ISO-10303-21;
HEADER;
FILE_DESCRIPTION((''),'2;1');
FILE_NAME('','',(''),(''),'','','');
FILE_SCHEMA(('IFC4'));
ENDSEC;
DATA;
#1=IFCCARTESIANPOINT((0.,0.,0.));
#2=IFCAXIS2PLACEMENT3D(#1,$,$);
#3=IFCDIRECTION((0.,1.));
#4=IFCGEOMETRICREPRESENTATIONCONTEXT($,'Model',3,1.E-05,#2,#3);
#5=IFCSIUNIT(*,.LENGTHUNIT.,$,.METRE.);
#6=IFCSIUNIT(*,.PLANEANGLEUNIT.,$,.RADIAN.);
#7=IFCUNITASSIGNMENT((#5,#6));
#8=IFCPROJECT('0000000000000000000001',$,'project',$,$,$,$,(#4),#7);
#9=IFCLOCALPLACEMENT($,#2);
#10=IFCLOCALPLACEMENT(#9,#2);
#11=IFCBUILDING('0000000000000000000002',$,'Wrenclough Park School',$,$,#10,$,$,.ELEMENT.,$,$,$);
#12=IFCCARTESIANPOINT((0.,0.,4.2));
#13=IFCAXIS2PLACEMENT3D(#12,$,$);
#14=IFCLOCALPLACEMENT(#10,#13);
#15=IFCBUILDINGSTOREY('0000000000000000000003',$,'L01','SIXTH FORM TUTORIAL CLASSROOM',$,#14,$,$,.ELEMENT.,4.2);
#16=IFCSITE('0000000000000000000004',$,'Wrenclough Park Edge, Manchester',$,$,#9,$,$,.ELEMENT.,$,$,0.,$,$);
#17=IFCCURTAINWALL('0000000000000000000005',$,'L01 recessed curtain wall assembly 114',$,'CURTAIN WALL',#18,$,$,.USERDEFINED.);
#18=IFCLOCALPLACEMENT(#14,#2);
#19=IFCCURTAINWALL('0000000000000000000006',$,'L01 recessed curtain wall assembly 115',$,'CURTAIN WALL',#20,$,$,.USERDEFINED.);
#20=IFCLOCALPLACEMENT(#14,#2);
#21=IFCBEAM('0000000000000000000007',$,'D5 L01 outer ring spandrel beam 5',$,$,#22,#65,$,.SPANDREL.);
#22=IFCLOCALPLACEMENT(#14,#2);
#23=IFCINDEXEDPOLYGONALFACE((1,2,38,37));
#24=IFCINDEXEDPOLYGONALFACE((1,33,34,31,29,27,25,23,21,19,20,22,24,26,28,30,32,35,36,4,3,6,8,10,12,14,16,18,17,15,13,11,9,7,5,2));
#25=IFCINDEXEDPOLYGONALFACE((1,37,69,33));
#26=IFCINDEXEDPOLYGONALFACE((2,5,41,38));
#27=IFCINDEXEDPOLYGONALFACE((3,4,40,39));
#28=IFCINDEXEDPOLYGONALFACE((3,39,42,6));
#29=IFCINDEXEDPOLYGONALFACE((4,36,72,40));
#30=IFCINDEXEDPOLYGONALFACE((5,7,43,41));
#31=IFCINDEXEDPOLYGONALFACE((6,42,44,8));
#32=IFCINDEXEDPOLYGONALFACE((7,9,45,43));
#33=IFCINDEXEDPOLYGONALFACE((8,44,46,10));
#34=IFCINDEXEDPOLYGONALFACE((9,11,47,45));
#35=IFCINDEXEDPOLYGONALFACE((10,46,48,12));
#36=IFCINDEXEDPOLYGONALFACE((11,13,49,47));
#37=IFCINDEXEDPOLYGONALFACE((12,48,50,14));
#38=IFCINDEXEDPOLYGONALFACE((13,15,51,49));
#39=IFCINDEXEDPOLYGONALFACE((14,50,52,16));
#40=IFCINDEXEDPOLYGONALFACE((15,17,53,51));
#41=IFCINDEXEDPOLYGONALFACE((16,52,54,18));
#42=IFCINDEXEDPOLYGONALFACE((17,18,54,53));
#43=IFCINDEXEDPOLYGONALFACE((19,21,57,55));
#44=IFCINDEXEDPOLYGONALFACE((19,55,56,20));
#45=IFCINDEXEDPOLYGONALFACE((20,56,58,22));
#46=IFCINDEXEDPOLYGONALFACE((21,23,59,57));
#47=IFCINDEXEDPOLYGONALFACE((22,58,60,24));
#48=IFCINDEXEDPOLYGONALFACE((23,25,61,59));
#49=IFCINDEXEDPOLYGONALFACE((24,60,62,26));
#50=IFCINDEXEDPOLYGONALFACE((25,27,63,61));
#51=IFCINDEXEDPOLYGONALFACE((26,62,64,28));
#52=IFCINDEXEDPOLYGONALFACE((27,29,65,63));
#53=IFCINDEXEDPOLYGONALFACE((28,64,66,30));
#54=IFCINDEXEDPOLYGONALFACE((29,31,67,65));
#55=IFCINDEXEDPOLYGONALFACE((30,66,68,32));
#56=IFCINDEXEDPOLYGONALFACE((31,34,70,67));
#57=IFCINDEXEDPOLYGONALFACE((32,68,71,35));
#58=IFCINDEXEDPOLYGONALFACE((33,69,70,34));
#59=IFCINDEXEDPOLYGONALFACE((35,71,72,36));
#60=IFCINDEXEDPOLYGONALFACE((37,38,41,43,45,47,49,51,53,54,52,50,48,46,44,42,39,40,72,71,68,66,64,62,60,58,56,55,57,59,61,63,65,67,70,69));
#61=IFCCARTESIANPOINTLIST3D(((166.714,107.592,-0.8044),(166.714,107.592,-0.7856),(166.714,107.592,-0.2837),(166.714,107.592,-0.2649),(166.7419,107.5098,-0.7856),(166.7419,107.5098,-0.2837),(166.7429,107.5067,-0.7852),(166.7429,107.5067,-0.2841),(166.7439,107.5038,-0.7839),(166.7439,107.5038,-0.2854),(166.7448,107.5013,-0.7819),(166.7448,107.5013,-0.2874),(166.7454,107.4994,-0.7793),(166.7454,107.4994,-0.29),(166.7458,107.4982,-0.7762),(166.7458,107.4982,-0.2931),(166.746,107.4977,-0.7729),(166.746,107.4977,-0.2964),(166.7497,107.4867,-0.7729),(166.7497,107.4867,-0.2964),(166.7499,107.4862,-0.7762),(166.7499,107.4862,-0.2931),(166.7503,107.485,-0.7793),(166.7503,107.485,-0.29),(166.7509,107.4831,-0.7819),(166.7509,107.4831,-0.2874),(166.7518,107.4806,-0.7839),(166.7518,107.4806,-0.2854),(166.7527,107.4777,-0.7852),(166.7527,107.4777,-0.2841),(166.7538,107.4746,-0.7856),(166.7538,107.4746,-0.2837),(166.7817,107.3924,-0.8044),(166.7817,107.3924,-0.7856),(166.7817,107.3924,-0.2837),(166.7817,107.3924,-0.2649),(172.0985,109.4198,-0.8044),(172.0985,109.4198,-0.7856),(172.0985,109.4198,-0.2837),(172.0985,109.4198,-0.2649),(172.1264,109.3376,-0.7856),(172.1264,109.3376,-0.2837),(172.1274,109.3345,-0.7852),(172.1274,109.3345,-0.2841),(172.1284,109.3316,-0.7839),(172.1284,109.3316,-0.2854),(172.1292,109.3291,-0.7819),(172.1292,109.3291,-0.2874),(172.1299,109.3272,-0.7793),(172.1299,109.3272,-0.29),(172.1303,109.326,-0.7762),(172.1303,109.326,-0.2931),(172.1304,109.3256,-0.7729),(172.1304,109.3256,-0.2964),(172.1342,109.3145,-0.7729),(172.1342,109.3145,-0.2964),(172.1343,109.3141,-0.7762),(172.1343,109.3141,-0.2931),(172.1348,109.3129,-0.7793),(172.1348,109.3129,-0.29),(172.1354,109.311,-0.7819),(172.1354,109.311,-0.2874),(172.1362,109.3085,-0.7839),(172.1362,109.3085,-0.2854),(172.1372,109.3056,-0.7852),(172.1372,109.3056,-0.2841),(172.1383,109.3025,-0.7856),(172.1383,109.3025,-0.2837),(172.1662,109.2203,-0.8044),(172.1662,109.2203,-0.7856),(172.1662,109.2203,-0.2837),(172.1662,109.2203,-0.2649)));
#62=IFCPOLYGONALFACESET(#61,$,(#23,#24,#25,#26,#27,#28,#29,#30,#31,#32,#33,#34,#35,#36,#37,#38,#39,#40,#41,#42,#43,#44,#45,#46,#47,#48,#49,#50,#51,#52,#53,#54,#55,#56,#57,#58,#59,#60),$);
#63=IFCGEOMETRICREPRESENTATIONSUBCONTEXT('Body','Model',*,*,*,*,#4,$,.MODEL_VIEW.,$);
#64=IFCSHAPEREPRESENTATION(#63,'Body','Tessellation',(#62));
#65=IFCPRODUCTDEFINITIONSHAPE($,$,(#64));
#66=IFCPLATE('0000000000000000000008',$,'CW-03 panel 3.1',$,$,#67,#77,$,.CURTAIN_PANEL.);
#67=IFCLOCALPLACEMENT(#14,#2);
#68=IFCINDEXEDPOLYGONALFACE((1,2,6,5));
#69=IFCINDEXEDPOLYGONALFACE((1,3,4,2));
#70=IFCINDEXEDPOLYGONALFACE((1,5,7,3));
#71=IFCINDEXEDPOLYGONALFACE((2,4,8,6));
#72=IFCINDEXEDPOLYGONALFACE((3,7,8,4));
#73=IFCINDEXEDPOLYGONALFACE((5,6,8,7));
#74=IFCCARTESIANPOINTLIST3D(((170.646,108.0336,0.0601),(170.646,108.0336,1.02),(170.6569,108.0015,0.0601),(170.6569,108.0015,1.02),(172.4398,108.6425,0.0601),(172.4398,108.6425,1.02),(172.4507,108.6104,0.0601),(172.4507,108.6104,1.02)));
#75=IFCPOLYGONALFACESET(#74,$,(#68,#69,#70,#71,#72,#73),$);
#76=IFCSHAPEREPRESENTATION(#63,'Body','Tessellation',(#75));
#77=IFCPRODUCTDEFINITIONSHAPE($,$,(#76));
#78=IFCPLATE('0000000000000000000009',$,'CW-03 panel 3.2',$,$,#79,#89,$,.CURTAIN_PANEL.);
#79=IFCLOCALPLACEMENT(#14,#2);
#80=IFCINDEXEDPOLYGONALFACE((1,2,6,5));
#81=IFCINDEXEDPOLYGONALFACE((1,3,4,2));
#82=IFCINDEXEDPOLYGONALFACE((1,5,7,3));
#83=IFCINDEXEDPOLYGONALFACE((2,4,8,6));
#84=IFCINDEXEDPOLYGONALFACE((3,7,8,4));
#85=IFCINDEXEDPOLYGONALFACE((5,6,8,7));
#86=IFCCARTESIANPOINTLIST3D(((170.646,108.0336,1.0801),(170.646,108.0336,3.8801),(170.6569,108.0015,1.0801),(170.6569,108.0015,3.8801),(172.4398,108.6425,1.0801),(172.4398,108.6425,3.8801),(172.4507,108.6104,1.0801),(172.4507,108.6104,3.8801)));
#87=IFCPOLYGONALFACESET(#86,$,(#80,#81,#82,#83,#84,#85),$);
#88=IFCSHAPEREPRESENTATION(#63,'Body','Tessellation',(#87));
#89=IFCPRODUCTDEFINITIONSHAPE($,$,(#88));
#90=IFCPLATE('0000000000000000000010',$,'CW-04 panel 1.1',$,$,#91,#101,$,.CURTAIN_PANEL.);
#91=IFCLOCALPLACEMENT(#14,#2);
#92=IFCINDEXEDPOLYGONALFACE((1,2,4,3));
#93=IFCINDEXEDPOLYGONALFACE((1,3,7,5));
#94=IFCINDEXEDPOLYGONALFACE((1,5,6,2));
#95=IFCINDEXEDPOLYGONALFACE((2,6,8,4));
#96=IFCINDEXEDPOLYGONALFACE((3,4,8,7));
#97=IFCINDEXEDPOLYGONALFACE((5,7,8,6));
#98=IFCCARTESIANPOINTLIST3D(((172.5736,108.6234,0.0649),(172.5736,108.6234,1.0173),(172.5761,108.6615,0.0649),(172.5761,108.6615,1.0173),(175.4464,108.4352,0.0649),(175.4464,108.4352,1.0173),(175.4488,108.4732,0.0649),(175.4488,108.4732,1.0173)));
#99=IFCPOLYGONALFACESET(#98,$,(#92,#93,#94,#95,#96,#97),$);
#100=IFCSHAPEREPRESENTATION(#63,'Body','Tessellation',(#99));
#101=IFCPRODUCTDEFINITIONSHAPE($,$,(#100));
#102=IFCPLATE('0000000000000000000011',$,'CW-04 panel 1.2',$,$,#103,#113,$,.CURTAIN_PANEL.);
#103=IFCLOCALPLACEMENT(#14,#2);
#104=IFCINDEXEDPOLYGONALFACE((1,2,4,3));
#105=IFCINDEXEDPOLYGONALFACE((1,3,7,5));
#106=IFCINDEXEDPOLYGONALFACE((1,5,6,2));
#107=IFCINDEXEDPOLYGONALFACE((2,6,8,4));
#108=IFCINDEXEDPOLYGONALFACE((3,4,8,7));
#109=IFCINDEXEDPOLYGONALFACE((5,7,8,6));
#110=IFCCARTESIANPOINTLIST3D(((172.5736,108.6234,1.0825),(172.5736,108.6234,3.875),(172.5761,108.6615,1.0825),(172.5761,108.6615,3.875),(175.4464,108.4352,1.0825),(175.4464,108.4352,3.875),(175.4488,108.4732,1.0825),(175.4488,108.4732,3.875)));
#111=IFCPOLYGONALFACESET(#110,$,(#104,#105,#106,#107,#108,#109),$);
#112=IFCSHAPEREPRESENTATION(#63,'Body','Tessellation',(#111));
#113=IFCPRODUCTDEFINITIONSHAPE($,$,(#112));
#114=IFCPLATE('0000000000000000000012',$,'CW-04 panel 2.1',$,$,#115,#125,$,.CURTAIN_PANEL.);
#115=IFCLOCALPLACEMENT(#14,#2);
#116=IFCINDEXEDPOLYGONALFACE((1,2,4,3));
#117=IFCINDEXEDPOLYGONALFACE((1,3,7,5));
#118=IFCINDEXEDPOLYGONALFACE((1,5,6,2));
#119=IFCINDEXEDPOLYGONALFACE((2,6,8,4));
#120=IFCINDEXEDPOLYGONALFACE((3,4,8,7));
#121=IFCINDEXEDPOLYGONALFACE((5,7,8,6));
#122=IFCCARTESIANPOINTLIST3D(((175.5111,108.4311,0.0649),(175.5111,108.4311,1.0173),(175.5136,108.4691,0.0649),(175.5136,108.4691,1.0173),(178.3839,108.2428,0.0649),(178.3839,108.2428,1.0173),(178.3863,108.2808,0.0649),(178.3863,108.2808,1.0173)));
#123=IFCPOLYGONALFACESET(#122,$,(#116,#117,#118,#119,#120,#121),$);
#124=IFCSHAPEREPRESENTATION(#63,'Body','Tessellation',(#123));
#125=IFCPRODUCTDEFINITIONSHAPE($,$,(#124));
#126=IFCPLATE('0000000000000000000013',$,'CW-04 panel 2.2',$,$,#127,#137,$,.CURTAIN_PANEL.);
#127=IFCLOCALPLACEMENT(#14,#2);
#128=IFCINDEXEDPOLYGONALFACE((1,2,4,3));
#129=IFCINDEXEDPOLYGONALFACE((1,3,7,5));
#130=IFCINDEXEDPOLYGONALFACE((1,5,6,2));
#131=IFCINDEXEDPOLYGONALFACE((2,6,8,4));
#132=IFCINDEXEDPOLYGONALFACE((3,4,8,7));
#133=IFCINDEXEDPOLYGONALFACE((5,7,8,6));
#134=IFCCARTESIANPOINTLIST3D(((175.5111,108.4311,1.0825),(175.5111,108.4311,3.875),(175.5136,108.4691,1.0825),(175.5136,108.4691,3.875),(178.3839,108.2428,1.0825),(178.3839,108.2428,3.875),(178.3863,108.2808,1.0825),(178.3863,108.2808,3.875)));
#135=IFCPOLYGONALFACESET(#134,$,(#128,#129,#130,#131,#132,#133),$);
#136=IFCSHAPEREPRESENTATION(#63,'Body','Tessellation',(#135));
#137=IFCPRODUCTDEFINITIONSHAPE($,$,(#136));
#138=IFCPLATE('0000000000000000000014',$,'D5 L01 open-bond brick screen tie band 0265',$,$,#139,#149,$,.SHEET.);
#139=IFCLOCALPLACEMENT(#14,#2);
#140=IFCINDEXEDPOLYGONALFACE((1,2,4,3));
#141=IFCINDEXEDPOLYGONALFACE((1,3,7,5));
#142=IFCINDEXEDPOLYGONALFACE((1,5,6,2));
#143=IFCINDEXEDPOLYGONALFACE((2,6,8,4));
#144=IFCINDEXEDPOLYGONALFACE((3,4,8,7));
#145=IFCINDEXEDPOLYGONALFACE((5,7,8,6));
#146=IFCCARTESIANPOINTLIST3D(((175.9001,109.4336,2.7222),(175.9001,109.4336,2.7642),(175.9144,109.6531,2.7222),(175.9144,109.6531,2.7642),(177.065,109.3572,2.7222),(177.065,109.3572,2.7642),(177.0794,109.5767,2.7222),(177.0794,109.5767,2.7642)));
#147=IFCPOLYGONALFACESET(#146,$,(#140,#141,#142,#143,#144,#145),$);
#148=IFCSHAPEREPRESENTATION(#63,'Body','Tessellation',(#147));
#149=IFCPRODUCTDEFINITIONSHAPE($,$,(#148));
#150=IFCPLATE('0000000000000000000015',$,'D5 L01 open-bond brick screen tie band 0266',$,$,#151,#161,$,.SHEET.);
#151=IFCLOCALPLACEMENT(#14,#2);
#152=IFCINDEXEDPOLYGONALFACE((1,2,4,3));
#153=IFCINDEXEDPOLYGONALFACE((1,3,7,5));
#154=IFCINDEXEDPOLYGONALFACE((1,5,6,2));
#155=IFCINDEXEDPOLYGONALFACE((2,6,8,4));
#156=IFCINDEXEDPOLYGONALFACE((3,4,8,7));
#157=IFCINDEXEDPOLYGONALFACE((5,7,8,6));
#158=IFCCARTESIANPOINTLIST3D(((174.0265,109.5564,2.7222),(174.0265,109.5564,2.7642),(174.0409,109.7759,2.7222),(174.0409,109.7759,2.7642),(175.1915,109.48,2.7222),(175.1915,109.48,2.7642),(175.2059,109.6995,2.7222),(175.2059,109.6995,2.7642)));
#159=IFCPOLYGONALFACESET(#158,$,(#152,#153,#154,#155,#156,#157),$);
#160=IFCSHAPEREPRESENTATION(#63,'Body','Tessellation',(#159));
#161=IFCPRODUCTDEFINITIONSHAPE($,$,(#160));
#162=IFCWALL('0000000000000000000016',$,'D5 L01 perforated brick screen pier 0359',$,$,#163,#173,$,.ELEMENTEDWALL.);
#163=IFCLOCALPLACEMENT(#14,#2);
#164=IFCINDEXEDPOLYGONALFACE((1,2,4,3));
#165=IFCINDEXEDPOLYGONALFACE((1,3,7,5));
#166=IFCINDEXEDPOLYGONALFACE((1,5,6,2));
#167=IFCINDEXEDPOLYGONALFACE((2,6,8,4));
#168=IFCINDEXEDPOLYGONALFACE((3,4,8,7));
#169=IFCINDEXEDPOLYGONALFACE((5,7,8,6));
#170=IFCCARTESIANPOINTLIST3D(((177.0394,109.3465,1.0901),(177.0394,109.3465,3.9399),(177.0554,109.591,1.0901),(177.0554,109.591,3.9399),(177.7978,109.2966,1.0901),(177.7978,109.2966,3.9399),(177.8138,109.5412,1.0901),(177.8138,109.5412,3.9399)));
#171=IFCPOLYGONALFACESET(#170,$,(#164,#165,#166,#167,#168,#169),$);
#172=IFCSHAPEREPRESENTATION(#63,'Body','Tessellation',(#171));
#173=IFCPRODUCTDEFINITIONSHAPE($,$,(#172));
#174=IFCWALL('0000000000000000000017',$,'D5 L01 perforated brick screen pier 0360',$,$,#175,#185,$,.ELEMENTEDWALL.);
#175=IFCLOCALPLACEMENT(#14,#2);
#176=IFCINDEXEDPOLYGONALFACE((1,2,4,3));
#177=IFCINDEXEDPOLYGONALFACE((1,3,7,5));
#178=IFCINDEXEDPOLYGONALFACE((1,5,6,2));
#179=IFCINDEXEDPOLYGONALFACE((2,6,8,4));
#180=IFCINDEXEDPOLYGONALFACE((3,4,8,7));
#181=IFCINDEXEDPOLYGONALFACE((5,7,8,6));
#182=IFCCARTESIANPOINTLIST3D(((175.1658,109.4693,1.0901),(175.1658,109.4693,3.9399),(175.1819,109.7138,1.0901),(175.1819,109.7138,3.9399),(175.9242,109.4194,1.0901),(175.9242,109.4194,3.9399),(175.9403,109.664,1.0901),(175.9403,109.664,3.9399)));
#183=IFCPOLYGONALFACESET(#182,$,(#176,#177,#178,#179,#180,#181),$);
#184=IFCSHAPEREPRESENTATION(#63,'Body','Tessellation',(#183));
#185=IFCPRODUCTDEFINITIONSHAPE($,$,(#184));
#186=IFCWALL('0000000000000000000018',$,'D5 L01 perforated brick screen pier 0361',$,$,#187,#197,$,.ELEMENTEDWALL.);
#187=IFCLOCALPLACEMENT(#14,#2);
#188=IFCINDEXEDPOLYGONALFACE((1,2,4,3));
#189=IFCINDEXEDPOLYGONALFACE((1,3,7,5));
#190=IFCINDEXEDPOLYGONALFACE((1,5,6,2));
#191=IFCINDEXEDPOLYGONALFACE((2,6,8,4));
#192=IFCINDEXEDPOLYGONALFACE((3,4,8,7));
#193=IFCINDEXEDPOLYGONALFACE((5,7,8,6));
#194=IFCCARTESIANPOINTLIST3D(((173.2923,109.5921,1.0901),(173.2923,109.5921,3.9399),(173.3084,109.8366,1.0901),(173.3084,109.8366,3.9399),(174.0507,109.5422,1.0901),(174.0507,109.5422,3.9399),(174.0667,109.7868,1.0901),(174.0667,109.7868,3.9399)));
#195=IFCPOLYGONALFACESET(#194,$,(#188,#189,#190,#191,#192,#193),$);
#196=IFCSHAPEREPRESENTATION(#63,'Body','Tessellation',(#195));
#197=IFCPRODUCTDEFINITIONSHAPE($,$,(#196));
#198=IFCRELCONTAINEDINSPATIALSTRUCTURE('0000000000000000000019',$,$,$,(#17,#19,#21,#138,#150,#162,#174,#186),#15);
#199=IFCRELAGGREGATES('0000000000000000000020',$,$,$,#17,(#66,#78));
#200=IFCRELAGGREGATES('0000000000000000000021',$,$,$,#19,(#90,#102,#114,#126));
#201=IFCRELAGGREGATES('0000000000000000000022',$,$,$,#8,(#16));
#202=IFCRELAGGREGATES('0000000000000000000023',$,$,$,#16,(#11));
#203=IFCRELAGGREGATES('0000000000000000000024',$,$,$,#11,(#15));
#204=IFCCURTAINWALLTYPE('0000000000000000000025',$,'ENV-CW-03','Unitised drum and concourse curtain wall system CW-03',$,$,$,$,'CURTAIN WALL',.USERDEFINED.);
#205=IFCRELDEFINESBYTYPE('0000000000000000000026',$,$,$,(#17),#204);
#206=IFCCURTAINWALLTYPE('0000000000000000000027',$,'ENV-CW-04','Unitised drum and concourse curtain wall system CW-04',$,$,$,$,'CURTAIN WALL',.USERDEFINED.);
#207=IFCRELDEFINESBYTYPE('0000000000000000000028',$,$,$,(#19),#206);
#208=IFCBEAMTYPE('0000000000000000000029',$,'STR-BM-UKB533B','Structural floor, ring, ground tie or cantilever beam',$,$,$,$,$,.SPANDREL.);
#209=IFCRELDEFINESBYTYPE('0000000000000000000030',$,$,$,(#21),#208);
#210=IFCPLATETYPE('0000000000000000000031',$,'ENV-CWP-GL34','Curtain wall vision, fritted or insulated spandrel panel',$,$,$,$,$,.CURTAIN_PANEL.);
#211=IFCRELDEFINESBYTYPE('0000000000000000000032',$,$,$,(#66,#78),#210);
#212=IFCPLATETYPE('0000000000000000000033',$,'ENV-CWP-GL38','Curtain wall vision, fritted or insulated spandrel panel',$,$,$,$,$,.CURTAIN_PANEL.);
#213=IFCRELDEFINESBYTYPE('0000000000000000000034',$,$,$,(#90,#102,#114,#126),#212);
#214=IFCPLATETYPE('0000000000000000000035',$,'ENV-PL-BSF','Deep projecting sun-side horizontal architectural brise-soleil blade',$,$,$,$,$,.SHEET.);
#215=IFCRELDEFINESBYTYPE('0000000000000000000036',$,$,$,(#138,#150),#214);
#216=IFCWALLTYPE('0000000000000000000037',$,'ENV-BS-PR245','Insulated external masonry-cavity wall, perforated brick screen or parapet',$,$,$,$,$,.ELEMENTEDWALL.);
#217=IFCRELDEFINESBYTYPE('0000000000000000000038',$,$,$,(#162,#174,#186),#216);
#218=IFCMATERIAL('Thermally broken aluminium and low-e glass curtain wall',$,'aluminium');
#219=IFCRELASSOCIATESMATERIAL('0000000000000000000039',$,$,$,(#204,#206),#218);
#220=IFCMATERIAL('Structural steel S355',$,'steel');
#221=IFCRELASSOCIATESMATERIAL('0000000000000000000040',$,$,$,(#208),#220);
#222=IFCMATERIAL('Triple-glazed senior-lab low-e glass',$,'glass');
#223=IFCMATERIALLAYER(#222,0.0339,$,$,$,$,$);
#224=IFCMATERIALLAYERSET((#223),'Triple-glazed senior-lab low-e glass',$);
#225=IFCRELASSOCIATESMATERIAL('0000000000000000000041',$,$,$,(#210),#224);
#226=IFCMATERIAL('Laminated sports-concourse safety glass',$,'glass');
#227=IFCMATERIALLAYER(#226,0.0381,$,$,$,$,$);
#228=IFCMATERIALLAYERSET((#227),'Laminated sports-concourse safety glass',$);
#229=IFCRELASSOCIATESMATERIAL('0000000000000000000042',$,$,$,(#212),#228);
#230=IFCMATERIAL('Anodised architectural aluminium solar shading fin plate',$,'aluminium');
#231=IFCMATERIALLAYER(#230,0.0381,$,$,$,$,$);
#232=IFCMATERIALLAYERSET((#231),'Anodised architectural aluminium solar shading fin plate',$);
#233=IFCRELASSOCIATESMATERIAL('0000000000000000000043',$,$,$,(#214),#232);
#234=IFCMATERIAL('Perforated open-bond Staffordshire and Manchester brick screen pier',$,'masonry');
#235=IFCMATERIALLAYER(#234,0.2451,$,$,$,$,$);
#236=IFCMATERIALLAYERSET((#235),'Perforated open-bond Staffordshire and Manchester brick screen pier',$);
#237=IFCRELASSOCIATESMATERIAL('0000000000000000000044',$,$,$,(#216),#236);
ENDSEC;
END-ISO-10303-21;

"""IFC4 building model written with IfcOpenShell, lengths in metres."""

from ifc_helpers import new_model, si_unit, direction, frame, frame_2d, origin, origin_2d, place, context, subcontext, project, spatial, rectangle, i_section, extrude, material, layer, layer_set, material_profile, profile_set, type_object, element, aggregate, save


model = new_model("IFC4")

# Units and contexts
model_context = context("Model", 3, precision=1e-05, world=origin(), true_north=direction((0.0, 1.0)))
body_context = subcontext(model_context, "Body", "Model", "MODEL_VIEW")
ifc_project = project(units=[si_unit("LENGTHUNIT", "METRE"), si_unit("PLANEANGLEUNIT", "RADIAN")], contexts=[model_context])

# Site, building, storey
site_placement = place(None, origin())
site = spatial("IfcSite", under=ifc_project, at=site_placement, Name="Wrenclough Park Edge, Manchester", CompositionType="ELEMENT", RefElevation=0.0)
building_placement = place(site_placement, origin())
building = spatial("IfcBuilding", under=site, at=building_placement, Name="Wrenclough Park School", CompositionType="ELEMENT")
storey_placement = place(building_placement, frame((0.0, 0.0, 4.2)))
storey = spatial("IfcBuildingStorey", under=building, at=storey_placement, Name="L01", Description="SIXTH FORM TUTORIAL CLASSROOM", CompositionType="ELEMENT", Elevation=4.2)

# Curtain wall
ifc_material_1 = material(Name="Thermally broken aluminium and low-e glass curtain wall", Category="aluminium")
curtain_wall_type_1 = type_object("IfcCurtainWallType", Name="ENV-CW-03", Description="Unitised drum and concourse curtain wall system CW-03", ElementType="CURTAIN WALL", PredefinedType="USERDEFINED", material=ifc_material_1)
curtain_wall_1_placement = place(storey_placement, origin())
curtain_wall_1 = element("IfcCurtainWall", 1, at=curtain_wall_1_placement, inside=storey, type_object=curtain_wall_type_1, Name="L01 recessed curtain wall assembly 114", ObjectType="CURTAIN WALL", PredefinedType="USERDEFINED")

# Curtain wall
curtain_wall_type_2 = type_object("IfcCurtainWallType", Name="ENV-CW-04", Description="Unitised drum and concourse curtain wall system CW-04", ElementType="CURTAIN WALL", PredefinedType="USERDEFINED", material=ifc_material_1)
curtain_wall_2_placement = place(storey_placement, origin())
curtain_wall_2 = element("IfcCurtainWall", 2, at=curtain_wall_2_placement, inside=storey, type_object=curtain_wall_type_2, Name="L01 recessed curtain wall assembly 115", ObjectType="CURTAIN WALL", PredefinedType="USERDEFINED")

# Beam
ifc_material_2 = material(Name="Structural steel S355", Category="steel")
ifc_material_profile_1 = material_profile(ifc_material_2, i_section(OverallWidth=0.2107, OverallDepth=0.5396, WebThickness=0.0117, FlangeThickness=0.0188, FilletRadius=0.0127, at=origin_2d()), Name="UKB 533x210x109")
ifc_profile_set_1 = profile_set([ifc_material_profile_1], Name="Structural steel S355")
beam_type_1 = type_object("IfcBeamType", Name="STR-BM-UKB533B", Description="Structural floor, ring, ground tie or cantilever beam", PredefinedType="SPANDREL", material=ifc_profile_set_1)
beam_1_placement = place(storey_placement, frame((172.1323, 109.3201, -0.5347), z_axis=(-0.946926, -0.321452, 0.0), x_axis=(0.321452, -0.946926, 0.0)))
element("IfcBeam", 3, at=beam_1_placement, inside=storey, type_object=beam_type_1, Name="D5 L01 outer ring spandrel beam 5", PredefinedType="SPANDREL", context=body_context, shape_type="SweptSolid", body=[
    extrude(i_section(OverallWidth=0.2107, OverallDepth=0.5396, WebThickness=0.0117, FlangeThickness=0.0188, FilletRadius=0.0127, at=origin_2d()), origin(), (0.0, 0.0, 1.0), 5.6863),
])

# Plates
ifc_material_3 = material(Name="Triple-glazed senior-lab low-e glass", Category="glass")
ifc_layer_1 = layer(ifc_material_3, 0.0339)
ifc_layer_set_1 = layer_set([ifc_layer_1], Name="Triple-glazed senior-lab low-e glass")
plate_type_1 = type_object("IfcPlateType", Name="ENV-CWP-GL34", Description="Curtain wall vision, fritted or insulated spandrel panel", PredefinedType="CURTAIN_PANEL", material=ifc_layer_set_1)
plate_1_placement = place(storey_placement, frame((171.5483, 108.322, 0.0601), z_axis=(0.0, 0.0, 1.0), x_axis=(0.946934, 0.321429, 0.0)))
plate_1 = element("IfcPlate", 4, at=plate_1_placement, type_object=plate_type_1, Name="CW-03 panel 3.1", PredefinedType="CURTAIN_PANEL", context=body_context, shape_type="SweptSolid", body=[
    extrude(rectangle(XDim=1.8943, YDim=0.0339, at=origin_2d()), origin(), (0.0, 0.0, 1.0), 0.96),
])
plate_2_placement = place(storey_placement, frame((171.5483, 108.322, 1.0801), z_axis=(0.0, 0.0, 1.0), x_axis=(0.946934, 0.321429, 0.0)))
plate_2 = element("IfcPlate", 5, at=plate_2_placement, type_object=plate_type_1, Name="CW-03 panel 3.2", PredefinedType="CURTAIN_PANEL", context=body_context, shape_type="SweptSolid", body=[
    extrude(rectangle(XDim=1.8943, YDim=0.0339, at=origin_2d()), origin(), (0.0, 0.0, 1.0), 2.8),
])
aggregate(curtain_wall_1, [plate_1, plate_2])
ifc_material_4 = material(Name="Laminated sports-concourse safety glass", Category="glass")
ifc_layer_2 = layer(ifc_material_4, 0.0381)
ifc_layer_set_2 = layer_set([ifc_layer_2], Name="Laminated sports-concourse safety glass")
plate_type_2 = type_object("IfcPlateType", Name="ENV-CWP-GL38", Description="Curtain wall vision, fritted or insulated spandrel panel", PredefinedType="CURTAIN_PANEL", material=ifc_layer_set_2)
plate_3_placement = place(storey_placement, frame((174.0112, 108.5483, 0.0649), z_axis=(0.0, 0.0, 1.0), x_axis=(0.99786, -0.065379, 0.0)))
plate_3 = element("IfcPlate", 6, at=plate_3_placement, type_object=plate_type_2, Name="CW-04 panel 1.1", PredefinedType="CURTAIN_PANEL", context=body_context, shape_type="SweptSolid", body=[
    extrude(rectangle(XDim=2.8789, YDim=0.0381, at=origin_2d()), origin(), (0.0, 0.0, 1.0), 0.9524),
])
plate_4_placement = place(storey_placement, frame((174.0112, 108.5483, 1.0825), z_axis=(0.0, 0.0, 1.0), x_axis=(0.99786, -0.065379, 0.0)))
plate_4 = element("IfcPlate", 7, at=plate_4_placement, type_object=plate_type_2, Name="CW-04 panel 1.2", PredefinedType="CURTAIN_PANEL", context=body_context, shape_type="SweptSolid", body=[
    extrude(rectangle(XDim=2.8789, YDim=0.0381, at=origin_2d()), origin(), (0.0, 0.0, 1.0), 2.7925),
])
plate_5_placement = place(storey_placement, frame((176.9487, 108.356, 0.0649), z_axis=(0.0, 0.0, 1.0), x_axis=(0.99786, -0.065379, 0.0)))
plate_5 = element("IfcPlate", 8, at=plate_5_placement, type_object=plate_type_2, Name="CW-04 panel 2.1", PredefinedType="CURTAIN_PANEL", context=body_context, shape_type="SweptSolid", body=[
    extrude(rectangle(XDim=2.8789, YDim=0.0381, at=origin_2d()), origin(), (0.0, 0.0, 1.0), 0.9524),
])
plate_6_placement = place(storey_placement, frame((176.9487, 108.356, 1.0825), z_axis=(0.0, 0.0, 1.0), x_axis=(0.99786, -0.065379, 0.0)))
plate_6 = element("IfcPlate", 9, at=plate_6_placement, type_object=plate_type_2, Name="CW-04 panel 2.2", PredefinedType="CURTAIN_PANEL", context=body_context, shape_type="SweptSolid", body=[
    extrude(rectangle(XDim=2.8789, YDim=0.0381, at=origin_2d()), origin(), (0.0, 0.0, 1.0), 2.7925),
])
aggregate(curtain_wall_2, [plate_3, plate_4, plate_5, plate_6])

# Plates
ifc_material_5 = material(Name="Anodised architectural aluminium solar shading fin plate", Category="aluminium")
ifc_layer_3 = layer(ifc_material_5, 0.0381)
ifc_layer_set_3 = layer_set([ifc_layer_3], Name="Anodised architectural aluminium solar shading fin plate")
plate_type_3 = type_object("IfcPlateType", Name="ENV-PL-BSF", Description="Deep projecting sun-side horizontal architectural brise-soleil blade", PredefinedType="SHEET", material=ifc_layer_set_3)
for number, where, z_axis, x_axis, name in (
    (10, (176.4897, 109.5051, 2.7222), (0.0, 0.0, 1.0), (-0.997859, 0.065407, 0.0), "D5 L01 open-bond brick screen tie band 0265"),
    (11, (174.6162, 109.6279, 2.7222), (0.0, 0.0, 1.0), (-0.997859, 0.065407, 0.0), "D5 L01 open-bond brick screen tie band 0266"),
):
    element("IfcPlate", number, at=place(storey_placement, frame(where, z_axis=z_axis, x_axis=x_axis)), inside=storey, type_object=plate_type_3, Name=name, PredefinedType="SHEET", context=body_context, shape_type="SweptSolid", body=[
        extrude(rectangle(XDim=1.1675, YDim=0.22, at=origin_2d()), origin(), (0.0, 0.0, 1.0), 0.042),
    ])

# Walls
ifc_material_6 = material(Name="Perforated open-bond Staffordshire and Manchester brick screen pier", Category="masonry")
ifc_layer_4 = layer(ifc_material_6, 0.2451)
ifc_layer_set_4 = layer_set([ifc_layer_4], Name="Perforated open-bond Staffordshire and Manchester brick screen pier")
wall_type_1 = type_object("IfcWallType", Name="ENV-BS-PR245", Description="Insulated external masonry-cavity wall, perforated brick screen or parapet", PredefinedType="ELEMENTEDWALL", material=ifc_layer_set_4)
for number, where, z_axis, x_axis, name in (
    (12, (177.8057, 109.4189, 1.0901), (0.0, 0.0, 1.0), (-0.99785, 0.065538, 0.0), "D5 L01 perforated brick screen pier 0359"),
    (13, (175.9321, 109.5417, 1.0901), (0.0, 0.0, 1.0), (-0.99785, 0.065538, 0.0), "D5 L01 perforated brick screen pier 0360"),
    (14, (174.0586, 109.6646, 1.0901), (0.0, 0.0, 1.0), (-0.99785, 0.065538, 0.0), "D5 L01 perforated brick screen pier 0361"),
):
    element("IfcWall", number, at=place(storey_placement, frame(where, z_axis=z_axis, x_axis=x_axis)), inside=storey, type_object=wall_type_1, Name=name, PredefinedType="ELEMENTEDWALL", context=body_context, shape_type="SweptSolid", body=[
        extrude(rectangle(XDim=0.76, YDim=0.2451, at=frame_2d((0.3799, 0.0))), origin(), (0.0, 0.0, 1.0), 2.8499),
    ])

save(model, "model.ifc")
